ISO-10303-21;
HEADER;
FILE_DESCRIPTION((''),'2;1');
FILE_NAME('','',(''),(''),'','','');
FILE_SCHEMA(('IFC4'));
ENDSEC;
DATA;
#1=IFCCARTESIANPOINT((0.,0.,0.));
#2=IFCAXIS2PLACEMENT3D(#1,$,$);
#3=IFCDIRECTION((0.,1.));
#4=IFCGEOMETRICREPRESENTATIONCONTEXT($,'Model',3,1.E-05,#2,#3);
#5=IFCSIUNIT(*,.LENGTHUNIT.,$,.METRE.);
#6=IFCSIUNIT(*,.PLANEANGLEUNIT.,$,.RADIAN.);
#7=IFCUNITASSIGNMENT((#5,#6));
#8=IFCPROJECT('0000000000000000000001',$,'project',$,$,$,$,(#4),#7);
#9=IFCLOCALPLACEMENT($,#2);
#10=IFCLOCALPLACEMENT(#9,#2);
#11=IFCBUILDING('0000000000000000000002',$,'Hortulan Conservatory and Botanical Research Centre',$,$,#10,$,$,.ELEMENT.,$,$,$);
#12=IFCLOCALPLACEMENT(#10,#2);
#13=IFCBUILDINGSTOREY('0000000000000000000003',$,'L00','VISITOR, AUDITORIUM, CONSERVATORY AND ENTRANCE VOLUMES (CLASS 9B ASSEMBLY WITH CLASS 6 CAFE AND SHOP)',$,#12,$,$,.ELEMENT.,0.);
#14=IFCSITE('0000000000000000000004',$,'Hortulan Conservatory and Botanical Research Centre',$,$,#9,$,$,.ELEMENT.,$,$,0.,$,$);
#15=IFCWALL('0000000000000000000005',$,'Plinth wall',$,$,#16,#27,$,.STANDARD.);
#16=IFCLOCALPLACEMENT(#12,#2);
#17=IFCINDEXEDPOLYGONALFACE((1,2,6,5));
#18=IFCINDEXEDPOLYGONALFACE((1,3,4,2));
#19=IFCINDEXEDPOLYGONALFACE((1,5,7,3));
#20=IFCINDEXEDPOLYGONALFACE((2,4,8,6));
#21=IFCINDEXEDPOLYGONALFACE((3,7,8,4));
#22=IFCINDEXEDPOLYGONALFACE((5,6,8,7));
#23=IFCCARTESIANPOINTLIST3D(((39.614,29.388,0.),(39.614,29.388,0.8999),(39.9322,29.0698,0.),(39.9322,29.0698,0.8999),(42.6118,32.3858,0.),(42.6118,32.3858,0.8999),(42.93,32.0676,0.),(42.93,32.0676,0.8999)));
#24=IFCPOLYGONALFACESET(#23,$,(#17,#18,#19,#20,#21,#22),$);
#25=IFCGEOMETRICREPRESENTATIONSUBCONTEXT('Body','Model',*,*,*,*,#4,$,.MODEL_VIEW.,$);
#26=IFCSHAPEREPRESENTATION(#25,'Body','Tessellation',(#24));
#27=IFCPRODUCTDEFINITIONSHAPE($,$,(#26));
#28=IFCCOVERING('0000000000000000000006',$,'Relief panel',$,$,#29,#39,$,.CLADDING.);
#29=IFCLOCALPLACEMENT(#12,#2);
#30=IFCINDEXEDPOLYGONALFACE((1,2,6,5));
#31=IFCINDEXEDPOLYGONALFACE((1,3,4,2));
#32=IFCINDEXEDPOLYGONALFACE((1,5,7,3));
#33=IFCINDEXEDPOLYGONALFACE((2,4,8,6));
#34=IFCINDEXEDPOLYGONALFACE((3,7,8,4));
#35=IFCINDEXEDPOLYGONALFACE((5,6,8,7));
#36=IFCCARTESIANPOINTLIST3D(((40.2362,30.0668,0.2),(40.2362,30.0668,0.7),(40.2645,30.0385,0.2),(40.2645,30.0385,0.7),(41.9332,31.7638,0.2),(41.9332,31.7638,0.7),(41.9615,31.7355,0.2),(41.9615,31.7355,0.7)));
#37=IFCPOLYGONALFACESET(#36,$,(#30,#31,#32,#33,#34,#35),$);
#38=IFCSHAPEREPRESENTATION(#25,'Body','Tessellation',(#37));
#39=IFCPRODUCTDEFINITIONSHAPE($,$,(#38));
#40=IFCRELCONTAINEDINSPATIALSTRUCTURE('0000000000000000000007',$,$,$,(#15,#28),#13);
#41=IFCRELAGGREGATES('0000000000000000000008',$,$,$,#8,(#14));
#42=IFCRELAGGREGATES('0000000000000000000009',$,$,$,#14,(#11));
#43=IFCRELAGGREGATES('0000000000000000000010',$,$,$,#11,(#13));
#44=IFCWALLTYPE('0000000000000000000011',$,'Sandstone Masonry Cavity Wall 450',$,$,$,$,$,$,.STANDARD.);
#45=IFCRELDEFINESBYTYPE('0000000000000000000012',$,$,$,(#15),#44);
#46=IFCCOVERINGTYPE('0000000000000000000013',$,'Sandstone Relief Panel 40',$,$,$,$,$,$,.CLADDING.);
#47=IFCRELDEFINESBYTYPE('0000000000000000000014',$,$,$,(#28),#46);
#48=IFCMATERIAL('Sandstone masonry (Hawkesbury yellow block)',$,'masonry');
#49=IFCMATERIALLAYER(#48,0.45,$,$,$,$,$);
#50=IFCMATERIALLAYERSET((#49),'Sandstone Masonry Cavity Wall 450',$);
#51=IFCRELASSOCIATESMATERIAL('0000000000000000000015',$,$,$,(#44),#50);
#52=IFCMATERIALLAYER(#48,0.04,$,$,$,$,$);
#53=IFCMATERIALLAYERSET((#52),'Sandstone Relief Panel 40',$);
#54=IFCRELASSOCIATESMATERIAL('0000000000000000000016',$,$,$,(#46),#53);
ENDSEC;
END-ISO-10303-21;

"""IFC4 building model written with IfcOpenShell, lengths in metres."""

from ifc_helpers import new_model, si_unit, direction, frame, frame_2d, origin, origin_2d, place, context, subcontext, project, spatial, rectangle, extrude, material, layer, layer_set, type_object, element, save


model = new_model("IFC4")

# Units and contexts
model_context = context("Model", 3, precision=1e-05, world=origin(), true_north=direction((0.0, 1.0)))
body_context = subcontext(model_context, "Body", "Model", "MODEL_VIEW")
ifc_project = project(units=[si_unit("LENGTHUNIT", "METRE"), si_unit("PLANEANGLEUNIT", "RADIAN")], contexts=[model_context])

# Site, building, storey
site_placement = place(None, origin())
site = spatial("IfcSite", under=ifc_project, at=site_placement, Name="Hortulan Conservatory and Botanical Research Centre", CompositionType="ELEMENT", RefElevation=0.0)
building_placement = place(site_placement, origin())
building = spatial("IfcBuilding", under=site, at=building_placement, Name="Hortulan Conservatory and Botanical Research Centre", CompositionType="ELEMENT")
storey_placement = place(building_placement, origin())
storey = spatial("IfcBuildingStorey", under=building, at=storey_placement, Name="L00", Description="VISITOR, AUDITORIUM, CONSERVATORY AND ENTRANCE VOLUMES (CLASS 9B ASSEMBLY WITH CLASS 6 CAFE AND SHOP)", CompositionType="ELEMENT", Elevation=0.0)

# Wall
ifc_material_1 = material(Name="Sandstone masonry (Hawkesbury yellow block)", Category="masonry")
ifc_layer_1 = layer(ifc_material_1, 0.45)
ifc_layer_set_1 = layer_set([ifc_layer_1], Name="Sandstone Masonry Cavity Wall 450")
wall_type = type_object("IfcWallType", Name="Sandstone Masonry Cavity Wall 450", PredefinedType="STANDARD", material=ifc_layer_set_1)
wall_placement = place(storey_placement, frame((39.7732, 29.229, 0.0), z_axis=(0.0, 0.0, 1.0), x_axis=(0.707107, 0.707107, 0.0)))
element("IfcWall", 1, at=wall_placement, inside=storey, type_object=wall_type, Name="Plinth wall", PredefinedType="STANDARD", context=body_context, shape_type="SweptSolid", body=[
    extrude(rectangle(XDim=4.2395, YDim=0.45, at=frame_2d((2.1196, 0.0))), origin(), (0.0, 0.0, 1.0), 0.8999),
])

# Covering
ifc_layer_2 = layer(ifc_material_1, 0.04)
ifc_layer_set_2 = layer_set([ifc_layer_2], Name="Sandstone Relief Panel 40")
covering_type = type_object("IfcCoveringType", Name="Sandstone Relief Panel 40", PredefinedType="CLADDING", material=ifc_layer_set_2)
covering_placement = place(storey_placement, frame((41.0989, 30.9011, 0.2), z_axis=(0.0, 0.0, 1.0), x_axis=(0.707107, 0.707107, 0.0)))
element("IfcCovering", 2, at=covering_placement, inside=storey, type_object=covering_type, Name="Relief panel", PredefinedType="CLADDING", context=body_context, shape_type="SweptSolid", body=[
    extrude(rectangle(XDim=2.3999, YDim=0.04, at=origin_2d()), origin(), (0.0, 0.0, 1.0), 0.5),
])

save(model, "model.ifc")
